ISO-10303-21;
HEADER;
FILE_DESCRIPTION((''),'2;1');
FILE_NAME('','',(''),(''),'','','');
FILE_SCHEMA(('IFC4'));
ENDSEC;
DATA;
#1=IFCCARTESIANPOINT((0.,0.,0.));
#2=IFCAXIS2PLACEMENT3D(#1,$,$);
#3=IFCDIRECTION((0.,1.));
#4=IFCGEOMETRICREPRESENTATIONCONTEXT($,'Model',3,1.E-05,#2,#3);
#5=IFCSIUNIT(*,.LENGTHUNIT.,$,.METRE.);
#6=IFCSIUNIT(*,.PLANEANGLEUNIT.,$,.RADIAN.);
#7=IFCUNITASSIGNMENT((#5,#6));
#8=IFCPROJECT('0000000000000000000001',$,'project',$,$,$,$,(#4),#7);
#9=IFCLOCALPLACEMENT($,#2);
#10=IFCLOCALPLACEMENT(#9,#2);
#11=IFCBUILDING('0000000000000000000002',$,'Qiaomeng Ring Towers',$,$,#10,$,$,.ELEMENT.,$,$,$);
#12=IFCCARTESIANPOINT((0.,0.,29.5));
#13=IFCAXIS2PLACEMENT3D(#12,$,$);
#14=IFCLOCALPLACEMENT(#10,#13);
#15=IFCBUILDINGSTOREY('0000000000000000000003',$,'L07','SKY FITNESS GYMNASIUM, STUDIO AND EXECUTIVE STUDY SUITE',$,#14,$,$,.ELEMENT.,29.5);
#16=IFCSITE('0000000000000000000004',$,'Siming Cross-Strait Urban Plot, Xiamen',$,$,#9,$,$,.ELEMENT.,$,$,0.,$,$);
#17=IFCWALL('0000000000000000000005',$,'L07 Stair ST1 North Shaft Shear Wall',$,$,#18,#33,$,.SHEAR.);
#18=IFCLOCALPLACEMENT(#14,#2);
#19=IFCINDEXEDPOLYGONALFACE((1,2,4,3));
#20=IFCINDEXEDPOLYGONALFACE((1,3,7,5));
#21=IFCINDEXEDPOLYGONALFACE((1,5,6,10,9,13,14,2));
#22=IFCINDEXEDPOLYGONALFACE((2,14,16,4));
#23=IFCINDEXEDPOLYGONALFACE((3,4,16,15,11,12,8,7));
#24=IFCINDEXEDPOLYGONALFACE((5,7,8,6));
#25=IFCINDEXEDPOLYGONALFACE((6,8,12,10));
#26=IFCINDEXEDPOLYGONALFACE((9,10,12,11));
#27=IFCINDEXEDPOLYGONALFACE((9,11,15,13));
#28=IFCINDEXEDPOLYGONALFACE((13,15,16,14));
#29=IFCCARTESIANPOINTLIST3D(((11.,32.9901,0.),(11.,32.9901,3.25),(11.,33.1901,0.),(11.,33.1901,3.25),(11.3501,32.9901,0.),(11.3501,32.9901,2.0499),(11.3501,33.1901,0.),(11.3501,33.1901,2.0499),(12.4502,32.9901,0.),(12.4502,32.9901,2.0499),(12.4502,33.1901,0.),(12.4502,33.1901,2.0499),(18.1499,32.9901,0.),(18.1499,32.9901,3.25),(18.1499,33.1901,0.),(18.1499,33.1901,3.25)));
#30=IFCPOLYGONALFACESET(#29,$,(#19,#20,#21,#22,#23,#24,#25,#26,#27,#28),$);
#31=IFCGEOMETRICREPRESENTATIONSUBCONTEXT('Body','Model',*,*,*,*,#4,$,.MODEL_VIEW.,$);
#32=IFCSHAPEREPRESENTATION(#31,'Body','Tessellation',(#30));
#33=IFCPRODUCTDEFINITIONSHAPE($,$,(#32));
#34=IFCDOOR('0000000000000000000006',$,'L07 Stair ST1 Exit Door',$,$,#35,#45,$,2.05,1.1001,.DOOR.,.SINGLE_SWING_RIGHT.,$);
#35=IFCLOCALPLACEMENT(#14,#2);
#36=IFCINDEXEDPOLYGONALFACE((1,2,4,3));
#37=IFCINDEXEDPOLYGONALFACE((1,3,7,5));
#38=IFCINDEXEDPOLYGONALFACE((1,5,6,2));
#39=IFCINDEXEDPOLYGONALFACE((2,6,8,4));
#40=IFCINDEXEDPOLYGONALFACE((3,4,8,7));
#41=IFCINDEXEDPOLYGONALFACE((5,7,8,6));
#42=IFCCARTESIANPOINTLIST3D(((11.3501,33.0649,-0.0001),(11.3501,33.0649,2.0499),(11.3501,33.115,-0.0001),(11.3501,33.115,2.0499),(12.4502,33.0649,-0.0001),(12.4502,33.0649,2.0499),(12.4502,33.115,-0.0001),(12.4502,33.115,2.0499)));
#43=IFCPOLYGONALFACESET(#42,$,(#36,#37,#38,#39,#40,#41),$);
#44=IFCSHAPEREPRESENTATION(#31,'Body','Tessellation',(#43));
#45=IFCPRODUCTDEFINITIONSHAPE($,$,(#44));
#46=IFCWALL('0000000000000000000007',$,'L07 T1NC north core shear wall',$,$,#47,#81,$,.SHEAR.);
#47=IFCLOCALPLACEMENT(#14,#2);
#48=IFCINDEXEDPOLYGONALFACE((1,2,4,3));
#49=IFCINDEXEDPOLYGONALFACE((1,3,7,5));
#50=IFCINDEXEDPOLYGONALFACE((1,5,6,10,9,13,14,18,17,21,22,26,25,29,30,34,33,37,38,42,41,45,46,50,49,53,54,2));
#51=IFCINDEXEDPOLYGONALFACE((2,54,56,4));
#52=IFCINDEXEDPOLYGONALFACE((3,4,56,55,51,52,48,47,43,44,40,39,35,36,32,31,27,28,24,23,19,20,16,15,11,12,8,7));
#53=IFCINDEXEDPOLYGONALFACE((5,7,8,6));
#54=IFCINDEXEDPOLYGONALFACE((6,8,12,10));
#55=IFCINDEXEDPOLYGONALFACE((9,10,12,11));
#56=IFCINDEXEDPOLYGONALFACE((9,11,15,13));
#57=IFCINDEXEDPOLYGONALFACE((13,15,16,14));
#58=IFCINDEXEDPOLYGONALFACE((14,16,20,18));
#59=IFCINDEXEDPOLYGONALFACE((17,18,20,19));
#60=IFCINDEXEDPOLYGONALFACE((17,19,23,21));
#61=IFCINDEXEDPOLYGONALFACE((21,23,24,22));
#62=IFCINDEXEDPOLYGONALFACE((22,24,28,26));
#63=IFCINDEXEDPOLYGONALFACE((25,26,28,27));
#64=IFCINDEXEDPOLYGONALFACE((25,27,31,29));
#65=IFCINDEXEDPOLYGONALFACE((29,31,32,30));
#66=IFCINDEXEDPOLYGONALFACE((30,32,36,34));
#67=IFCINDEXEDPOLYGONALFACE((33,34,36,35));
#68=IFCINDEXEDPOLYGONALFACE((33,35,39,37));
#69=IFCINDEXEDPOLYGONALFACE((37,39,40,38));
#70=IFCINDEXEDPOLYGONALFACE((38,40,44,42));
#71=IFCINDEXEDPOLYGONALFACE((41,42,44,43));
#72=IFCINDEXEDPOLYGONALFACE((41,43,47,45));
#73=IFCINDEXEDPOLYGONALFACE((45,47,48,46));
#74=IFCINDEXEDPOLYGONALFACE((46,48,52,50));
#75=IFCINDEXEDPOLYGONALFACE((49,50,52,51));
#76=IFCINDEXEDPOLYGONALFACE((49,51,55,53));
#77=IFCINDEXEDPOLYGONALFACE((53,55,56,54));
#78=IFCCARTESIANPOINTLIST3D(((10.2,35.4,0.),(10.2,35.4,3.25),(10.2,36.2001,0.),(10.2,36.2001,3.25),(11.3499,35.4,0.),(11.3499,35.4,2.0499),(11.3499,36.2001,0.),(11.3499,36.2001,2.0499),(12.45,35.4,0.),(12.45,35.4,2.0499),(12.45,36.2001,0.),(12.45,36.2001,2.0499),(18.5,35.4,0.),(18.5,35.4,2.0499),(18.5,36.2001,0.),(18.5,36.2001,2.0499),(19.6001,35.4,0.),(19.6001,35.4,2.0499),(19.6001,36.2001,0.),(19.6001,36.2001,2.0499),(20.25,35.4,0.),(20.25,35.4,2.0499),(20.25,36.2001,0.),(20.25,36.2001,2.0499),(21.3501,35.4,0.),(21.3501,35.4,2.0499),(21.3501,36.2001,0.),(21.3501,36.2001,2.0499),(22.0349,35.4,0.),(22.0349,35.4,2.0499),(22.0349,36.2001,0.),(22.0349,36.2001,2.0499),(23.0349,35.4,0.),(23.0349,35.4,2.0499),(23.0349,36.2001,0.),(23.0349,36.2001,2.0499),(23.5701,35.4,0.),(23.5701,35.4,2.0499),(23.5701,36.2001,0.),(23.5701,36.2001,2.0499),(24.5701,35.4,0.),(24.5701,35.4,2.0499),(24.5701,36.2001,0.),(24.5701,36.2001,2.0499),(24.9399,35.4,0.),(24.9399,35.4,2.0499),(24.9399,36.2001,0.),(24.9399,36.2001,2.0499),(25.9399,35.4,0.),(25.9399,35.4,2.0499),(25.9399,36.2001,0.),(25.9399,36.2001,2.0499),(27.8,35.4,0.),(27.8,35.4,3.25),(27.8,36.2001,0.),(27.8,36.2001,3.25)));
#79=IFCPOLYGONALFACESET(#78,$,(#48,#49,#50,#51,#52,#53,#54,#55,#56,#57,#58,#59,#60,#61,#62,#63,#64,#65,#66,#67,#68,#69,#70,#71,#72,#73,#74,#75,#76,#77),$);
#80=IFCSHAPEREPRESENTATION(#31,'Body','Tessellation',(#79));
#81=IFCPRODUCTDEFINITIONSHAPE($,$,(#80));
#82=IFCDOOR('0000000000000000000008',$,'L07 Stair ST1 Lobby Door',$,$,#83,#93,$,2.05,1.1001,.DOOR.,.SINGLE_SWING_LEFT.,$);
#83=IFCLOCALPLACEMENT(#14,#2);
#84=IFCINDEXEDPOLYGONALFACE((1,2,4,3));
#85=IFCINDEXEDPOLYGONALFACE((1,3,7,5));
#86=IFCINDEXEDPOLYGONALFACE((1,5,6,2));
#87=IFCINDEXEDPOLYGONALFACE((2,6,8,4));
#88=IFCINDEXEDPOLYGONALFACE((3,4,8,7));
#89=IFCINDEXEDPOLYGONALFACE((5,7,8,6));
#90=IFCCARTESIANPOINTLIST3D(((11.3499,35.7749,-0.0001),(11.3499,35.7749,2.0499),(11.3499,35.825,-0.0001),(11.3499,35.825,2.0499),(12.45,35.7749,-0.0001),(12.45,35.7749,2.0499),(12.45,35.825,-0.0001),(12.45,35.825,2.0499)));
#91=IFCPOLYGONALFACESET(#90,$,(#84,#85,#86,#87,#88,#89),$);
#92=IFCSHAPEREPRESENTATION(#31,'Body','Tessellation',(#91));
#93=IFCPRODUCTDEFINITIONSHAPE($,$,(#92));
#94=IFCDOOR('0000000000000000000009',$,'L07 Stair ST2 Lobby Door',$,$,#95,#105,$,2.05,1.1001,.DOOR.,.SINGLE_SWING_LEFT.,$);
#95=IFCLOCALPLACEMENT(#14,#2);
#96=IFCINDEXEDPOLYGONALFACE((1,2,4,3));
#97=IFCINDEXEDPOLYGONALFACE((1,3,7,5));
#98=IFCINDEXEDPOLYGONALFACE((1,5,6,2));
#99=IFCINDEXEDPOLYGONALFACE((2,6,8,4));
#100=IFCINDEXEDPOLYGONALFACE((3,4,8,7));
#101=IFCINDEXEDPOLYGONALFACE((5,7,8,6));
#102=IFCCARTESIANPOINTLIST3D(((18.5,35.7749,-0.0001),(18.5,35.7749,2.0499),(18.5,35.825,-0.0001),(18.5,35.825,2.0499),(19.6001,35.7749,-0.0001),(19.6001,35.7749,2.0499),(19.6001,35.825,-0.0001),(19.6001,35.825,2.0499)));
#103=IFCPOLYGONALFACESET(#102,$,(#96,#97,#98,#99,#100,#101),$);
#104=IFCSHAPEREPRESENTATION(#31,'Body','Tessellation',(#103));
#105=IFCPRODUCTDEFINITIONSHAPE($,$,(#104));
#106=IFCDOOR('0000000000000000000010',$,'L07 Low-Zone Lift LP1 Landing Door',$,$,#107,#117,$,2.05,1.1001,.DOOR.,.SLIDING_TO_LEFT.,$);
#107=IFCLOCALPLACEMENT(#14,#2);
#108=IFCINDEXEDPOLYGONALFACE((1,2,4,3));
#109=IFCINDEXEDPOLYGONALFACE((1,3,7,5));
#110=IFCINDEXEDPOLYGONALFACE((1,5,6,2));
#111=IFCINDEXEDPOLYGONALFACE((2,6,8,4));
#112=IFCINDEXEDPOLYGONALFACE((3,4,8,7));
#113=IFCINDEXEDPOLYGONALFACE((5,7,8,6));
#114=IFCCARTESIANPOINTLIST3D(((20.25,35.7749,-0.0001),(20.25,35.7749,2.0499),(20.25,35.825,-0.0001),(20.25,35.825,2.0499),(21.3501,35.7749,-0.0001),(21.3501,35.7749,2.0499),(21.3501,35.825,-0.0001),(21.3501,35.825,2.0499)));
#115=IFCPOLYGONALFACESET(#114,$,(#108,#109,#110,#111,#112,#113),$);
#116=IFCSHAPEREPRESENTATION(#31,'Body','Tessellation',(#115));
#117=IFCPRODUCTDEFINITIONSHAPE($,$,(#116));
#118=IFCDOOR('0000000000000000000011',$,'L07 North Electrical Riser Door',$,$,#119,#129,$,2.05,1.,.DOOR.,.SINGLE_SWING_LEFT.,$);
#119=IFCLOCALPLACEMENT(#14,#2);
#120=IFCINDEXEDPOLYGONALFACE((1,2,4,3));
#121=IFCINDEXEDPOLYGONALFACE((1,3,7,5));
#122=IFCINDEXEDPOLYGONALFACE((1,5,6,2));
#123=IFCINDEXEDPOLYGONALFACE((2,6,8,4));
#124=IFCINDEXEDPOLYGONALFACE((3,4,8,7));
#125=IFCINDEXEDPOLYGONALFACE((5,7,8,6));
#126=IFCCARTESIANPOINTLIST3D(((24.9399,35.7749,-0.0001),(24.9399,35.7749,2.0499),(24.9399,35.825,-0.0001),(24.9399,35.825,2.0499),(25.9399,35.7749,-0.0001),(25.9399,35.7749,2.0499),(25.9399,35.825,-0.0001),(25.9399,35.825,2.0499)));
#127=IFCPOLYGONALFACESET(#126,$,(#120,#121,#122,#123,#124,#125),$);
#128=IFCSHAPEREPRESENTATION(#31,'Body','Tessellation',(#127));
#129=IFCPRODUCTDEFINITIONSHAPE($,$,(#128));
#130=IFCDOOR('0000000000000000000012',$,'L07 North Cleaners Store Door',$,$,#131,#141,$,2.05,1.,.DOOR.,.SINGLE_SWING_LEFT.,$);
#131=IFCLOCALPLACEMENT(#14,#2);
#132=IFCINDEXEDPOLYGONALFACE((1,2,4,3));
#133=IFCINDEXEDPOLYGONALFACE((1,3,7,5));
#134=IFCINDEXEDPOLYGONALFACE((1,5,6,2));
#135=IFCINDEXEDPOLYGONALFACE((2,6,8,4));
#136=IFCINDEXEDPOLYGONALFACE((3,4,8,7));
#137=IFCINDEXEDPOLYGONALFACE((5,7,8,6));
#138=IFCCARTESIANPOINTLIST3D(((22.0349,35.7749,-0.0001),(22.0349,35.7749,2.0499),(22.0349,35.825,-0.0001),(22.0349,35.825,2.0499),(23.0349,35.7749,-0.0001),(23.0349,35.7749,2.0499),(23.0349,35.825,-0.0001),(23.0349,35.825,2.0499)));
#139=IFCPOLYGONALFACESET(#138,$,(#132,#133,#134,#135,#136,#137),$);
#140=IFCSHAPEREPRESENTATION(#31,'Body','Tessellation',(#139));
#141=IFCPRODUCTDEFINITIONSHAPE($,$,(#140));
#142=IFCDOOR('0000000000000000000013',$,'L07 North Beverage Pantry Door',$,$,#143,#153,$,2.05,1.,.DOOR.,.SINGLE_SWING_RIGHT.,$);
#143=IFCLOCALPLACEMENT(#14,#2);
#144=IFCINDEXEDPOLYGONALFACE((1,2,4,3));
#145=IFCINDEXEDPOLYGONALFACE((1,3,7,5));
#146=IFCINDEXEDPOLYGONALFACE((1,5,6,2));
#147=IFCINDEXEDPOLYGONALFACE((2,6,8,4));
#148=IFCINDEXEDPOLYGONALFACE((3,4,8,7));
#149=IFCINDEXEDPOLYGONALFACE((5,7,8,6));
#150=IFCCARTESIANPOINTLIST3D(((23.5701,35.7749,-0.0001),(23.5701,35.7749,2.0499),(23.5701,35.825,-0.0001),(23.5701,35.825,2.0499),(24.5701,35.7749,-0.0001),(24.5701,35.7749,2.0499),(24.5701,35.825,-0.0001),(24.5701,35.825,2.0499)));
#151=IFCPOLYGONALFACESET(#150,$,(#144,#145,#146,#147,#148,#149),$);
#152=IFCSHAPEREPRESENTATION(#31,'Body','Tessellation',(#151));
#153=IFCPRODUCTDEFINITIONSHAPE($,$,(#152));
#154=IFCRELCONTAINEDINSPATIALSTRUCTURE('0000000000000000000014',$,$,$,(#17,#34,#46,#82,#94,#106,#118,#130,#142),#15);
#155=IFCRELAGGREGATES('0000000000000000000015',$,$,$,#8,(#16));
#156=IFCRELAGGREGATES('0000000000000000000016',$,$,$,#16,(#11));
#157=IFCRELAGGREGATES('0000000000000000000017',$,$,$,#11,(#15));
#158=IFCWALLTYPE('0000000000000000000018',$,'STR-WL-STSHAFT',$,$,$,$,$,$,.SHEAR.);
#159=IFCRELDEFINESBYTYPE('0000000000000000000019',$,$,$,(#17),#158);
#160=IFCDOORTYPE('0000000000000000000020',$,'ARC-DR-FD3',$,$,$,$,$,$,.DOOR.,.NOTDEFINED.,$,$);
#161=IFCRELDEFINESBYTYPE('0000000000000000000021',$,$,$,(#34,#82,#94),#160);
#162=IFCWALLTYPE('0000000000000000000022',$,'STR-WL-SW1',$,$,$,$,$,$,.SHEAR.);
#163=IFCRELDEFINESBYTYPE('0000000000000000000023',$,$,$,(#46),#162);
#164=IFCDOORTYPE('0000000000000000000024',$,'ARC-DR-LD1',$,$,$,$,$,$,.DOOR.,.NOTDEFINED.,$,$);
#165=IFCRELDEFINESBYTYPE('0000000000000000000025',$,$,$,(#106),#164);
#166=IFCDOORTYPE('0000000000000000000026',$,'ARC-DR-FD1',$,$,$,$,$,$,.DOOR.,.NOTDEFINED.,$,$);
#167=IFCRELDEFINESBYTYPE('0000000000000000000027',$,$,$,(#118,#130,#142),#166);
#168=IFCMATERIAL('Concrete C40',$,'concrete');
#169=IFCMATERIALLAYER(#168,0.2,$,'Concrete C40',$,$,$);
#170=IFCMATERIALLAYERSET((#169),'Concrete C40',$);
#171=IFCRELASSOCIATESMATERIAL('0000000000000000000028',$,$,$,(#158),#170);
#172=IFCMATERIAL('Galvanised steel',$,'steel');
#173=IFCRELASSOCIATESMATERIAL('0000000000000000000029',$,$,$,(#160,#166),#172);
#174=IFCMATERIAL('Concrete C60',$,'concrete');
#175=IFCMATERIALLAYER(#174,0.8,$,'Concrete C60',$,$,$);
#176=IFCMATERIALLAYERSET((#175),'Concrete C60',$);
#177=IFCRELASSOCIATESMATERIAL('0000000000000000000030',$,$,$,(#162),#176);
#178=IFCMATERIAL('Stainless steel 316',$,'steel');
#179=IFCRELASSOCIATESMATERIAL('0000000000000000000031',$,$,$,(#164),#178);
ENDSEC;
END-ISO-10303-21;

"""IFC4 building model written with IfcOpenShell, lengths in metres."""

from ifc_helpers import new_model, si_unit, direction, frame, frame_2d, origin, place, context, subcontext, project, spatial, rectangle, extrude, source, transform, mapped, material, layer, layer_set, type_object, element, fill, save


model = new_model("IFC4")

# Units and contexts
model_context = context("Model", 3, precision=1e-05, world=origin(), true_north=direction((0.0, 1.0)))
body_context = subcontext(model_context, "Body", "Model", "MODEL_VIEW")
ifc_project = project(units=[si_unit("LENGTHUNIT", "METRE"), si_unit("PLANEANGLEUNIT", "RADIAN")], contexts=[model_context])

# Site, building, storey
site_placement = place(None, origin())
site = spatial("IfcSite", under=ifc_project, at=site_placement, Name="Siming Cross-Strait Urban Plot, Xiamen", CompositionType="ELEMENT", RefElevation=0.0)
building_placement = place(site_placement, origin())
building = spatial("IfcBuilding", under=site, at=building_placement, Name="Qiaomeng Ring Towers", CompositionType="ELEMENT")
storey_placement = place(building_placement, frame((0.0, 0.0, 29.5)))
storey = spatial("IfcBuildingStorey", under=building, at=storey_placement, Name="L07", Description="SKY FITNESS GYMNASIUM, STUDIO AND EXECUTIVE STUDY SUITE", CompositionType="ELEMENT", Elevation=29.5)

# Shared definitions
shared_shape_1 = source(origin(), body_context, "Body", "SweptSolid", [
    extrude(rectangle(XDim=1.0, YDim=2.05, at=frame_2d((0.5, 1.0249))), frame((0.0, 0.0249, 0.0), z_axis=(0.0, -1.0, 0.0), x_axis=(1.0, 0.0, 0.0)), (0.0, 0.0, 1.0), 0.05),
])

# Shared definitions
ifc_material_1 = material(Name="Concrete C40", Category="concrete")
ifc_layer_1 = layer(ifc_material_1, 0.2, Name="Concrete C40")
ifc_layer_set_1 = layer_set([ifc_layer_1], Name="Concrete C40")
wall_type_1 = type_object("IfcWallType", Name="STR-WL-STSHAFT", PredefinedType="SHEAR", material=ifc_layer_set_1)

# Wall, opening, door
wall_1_placement = place(storey_placement, frame((11.0, 33.0901, 0.0), z_axis=(0.0, 0.0, 1.0), x_axis=(1.0, 0.0, 0.0)))
wall_1 = element("IfcWall", 1, at=wall_1_placement, inside=storey, type_object=wall_type_1, Name="L07 Stair ST1 North Shaft Shear Wall", PredefinedType="SHEAR", context=body_context, shape_type="SweptSolid", body=[
    extrude(rectangle(XDim=7.1499, YDim=0.2, at=frame_2d((3.575, 0.0))), origin(), (0.0, 0.0, 1.0), 3.25),
])
opening_1_placement = place(wall_1_placement, frame((0.3501, 0.0, 0.0)))
opening_1 = element("IfcOpeningElement", 2, at=opening_1_placement, cuts=wall_1, PredefinedType="OPENING", context=body_context, shape_type="SweptSolid", body=[
    extrude(rectangle(XDim=1.1001, YDim=2.05, at=frame_2d((0.55, 1.0249))), frame((0.0, 0.1099, 0.0), z_axis=(0.0, -1.0, 0.0), x_axis=(1.0, 0.0, 0.0)), (0.0, 0.0, 1.0), 0.22),
])
ifc_material_2 = material(Name="Galvanised steel", Category="steel")
door_type_1 = type_object("IfcDoorType", Name="ARC-DR-FD3", OperationType="NOTDEFINED", PredefinedType="DOOR", material=ifc_material_2)
shared_shape_2 = source(origin(), body_context, "Body", "SweptSolid", [
    extrude(rectangle(XDim=1.1001, YDim=2.05, at=frame_2d((0.55, 1.0249))), frame((0.0, 0.0249, 0.0), z_axis=(0.0, -1.0, 0.0), x_axis=(1.0, 0.0, 0.0)), (0.0, 0.0, 1.0), 0.05),
])
door_1_placement = place(opening_1_placement, origin())
door_1 = element("IfcDoor", 3, at=door_1_placement, inside=storey, type_object=door_type_1, Name="L07 Stair ST1 Exit Door", OperationType="SINGLE_SWING_RIGHT", OverallHeight=2.05, OverallWidth=1.1001, PredefinedType="DOOR", context=body_context, shape_type="MappedRepresentation", body=[
    mapped(shared_shape_2, transform((0.0, 0.0, 0.0), x_axis=(1.0, 0.0, 0.0), y_axis=(0.0, 1.0, 0.0), z_axis=(0.0, 0.0, 1.0), scale=1.0)),
])
fill(opening_1, door_1)

# Wall, openings, doors
ifc_material_3 = material(Name="Concrete C60", Category="concrete")
ifc_layer_2 = layer(ifc_material_3, 0.8, Name="Concrete C60")
ifc_layer_set_2 = layer_set([ifc_layer_2], Name="Concrete C60")
wall_type_2 = type_object("IfcWallType", Name="STR-WL-SW1", PredefinedType="SHEAR", material=ifc_layer_set_2)
wall_2_placement = place(storey_placement, frame((10.2, 35.8, 0.0), z_axis=(0.0, 0.0, 1.0), x_axis=(1.0, 0.0, 0.0)))
wall_2 = element("IfcWall", 4, at=wall_2_placement, inside=storey, type_object=wall_type_2, Name="L07 T1NC north core shear wall", PredefinedType="SHEAR", context=body_context, shape_type="SweptSolid", body=[
    extrude(rectangle(XDim=17.6001, YDim=0.8, at=frame_2d((8.8, 0.0))), origin(), (0.0, 0.0, 1.0), 3.25),
])
opening_2_placement = place(wall_2_placement, frame((1.1499, 0.0, 0.0)))
opening_2 = element("IfcOpeningElement", 5, at=opening_2_placement, cuts=wall_2, PredefinedType="OPENING", context=body_context, shape_type="SweptSolid", body=[
    extrude(rectangle(XDim=1.1001, YDim=2.05, at=frame_2d((0.55, 1.0249))), frame((0.0, 0.4099, 0.0), z_axis=(0.0, -1.0, 0.0), x_axis=(1.0, 0.0, 0.0)), (0.0, 0.0, 1.0), 0.8201),
])
opening_3_placement = place(wall_2_placement, frame((8.3, 0.0, 0.0)))
opening_3 = element("IfcOpeningElement", 6, at=opening_3_placement, cuts=wall_2, PredefinedType="OPENING", context=body_context, shape_type="SweptSolid", body=[
    extrude(rectangle(XDim=1.1001, YDim=2.05, at=frame_2d((0.55, 1.0249))), frame((0.0, 0.4099, 0.0), z_axis=(0.0, -1.0, 0.0), x_axis=(1.0, 0.0, 0.0)), (0.0, 0.0, 1.0), 0.8201),
])
opening_4_placement = place(wall_2_placement, frame((10.05, 0.0, 0.0)))
opening_4 = element("IfcOpeningElement", 7, at=opening_4_placement, cuts=wall_2, PredefinedType="OPENING", context=body_context, shape_type="SweptSolid", body=[
    extrude(rectangle(XDim=1.1001, YDim=2.05, at=frame_2d((0.55, 1.0249))), frame((0.0, 0.4099, 0.0), z_axis=(0.0, -1.0, 0.0), x_axis=(1.0, 0.0, 0.0)), (0.0, 0.0, 1.0), 0.8201),
])
opening_5_placement = place(wall_2_placement, frame((14.74, 0.0, 0.0)))
opening_5 = element("IfcOpeningElement", 8, at=opening_5_placement, cuts=wall_2, PredefinedType="OPENING", context=body_context, shape_type="SweptSolid", body=[
    extrude(rectangle(XDim=1.0, YDim=2.05, at=frame_2d((0.5, 1.0249))), frame((0.0, 0.4099, 0.0), z_axis=(0.0, -1.0, 0.0), x_axis=(1.0, 0.0, 0.0)), (0.0, 0.0, 1.0), 0.8201),
])
opening_6_placement = place(wall_2_placement, frame((11.835, 0.0, 0.0)))
opening_6 = element("IfcOpeningElement", 9, at=opening_6_placement, cuts=wall_2, PredefinedType="OPENING", context=body_context, shape_type="SweptSolid", body=[
    extrude(rectangle(XDim=1.0, YDim=2.05, at=frame_2d((0.5, 1.0249))), frame((0.0, 0.4099, 0.0), z_axis=(0.0, -1.0, 0.0), x_axis=(1.0, 0.0, 0.0)), (0.0, 0.0, 1.0), 0.8201),
])
opening_7_placement = place(wall_2_placement, frame((13.3701, 0.0, 0.0)))
opening_7 = element("IfcOpeningElement", 10, at=opening_7_placement, cuts=wall_2, PredefinedType="OPENING", context=body_context, shape_type="SweptSolid", body=[
    extrude(rectangle(XDim=1.0, YDim=2.05, at=frame_2d((0.5, 1.0249))), frame((0.0, 0.4099, 0.0), z_axis=(0.0, -1.0, 0.0), x_axis=(1.0, 0.0, 0.0)), (0.0, 0.0, 1.0), 0.8201),
])
door_2_placement = place(opening_2_placement, origin())
door_2 = element("IfcDoor", 11, at=door_2_placement, inside=storey, type_object=door_type_1, Name="L07 Stair ST1 Lobby Door", OperationType="SINGLE_SWING_LEFT", OverallHeight=2.05, OverallWidth=1.1001, PredefinedType="DOOR", context=body_context, shape_type="MappedRepresentation", body=[
    mapped(shared_shape_2, transform((0.0, 0.0, 0.0), x_axis=(1.0, 0.0, 0.0), y_axis=(0.0, 1.0, 0.0), z_axis=(0.0, 0.0, 1.0), scale=1.0)),
])
fill(opening_2, door_2)
door_3_placement = place(opening_3_placement, origin())
door_3 = element("IfcDoor", 12, at=door_3_placement, inside=storey, type_object=door_type_1, Name="L07 Stair ST2 Lobby Door", OperationType="SINGLE_SWING_LEFT", OverallHeight=2.05, OverallWidth=1.1001, PredefinedType="DOOR", context=body_context, shape_type="MappedRepresentation", body=[
    mapped(shared_shape_2, transform((0.0, 0.0, 0.0), x_axis=(1.0, 0.0, 0.0), y_axis=(0.0, 1.0, 0.0), z_axis=(0.0, 0.0, 1.0), scale=1.0)),
])
fill(opening_3, door_3)
ifc_material_4 = material(Name="Stainless steel 316", Category="steel")
door_type_2 = type_object("IfcDoorType", Name="ARC-DR-LD1", OperationType="NOTDEFINED", PredefinedType="DOOR", material=ifc_material_4)
door_4_placement = place(opening_4_placement, origin())
door_4 = element("IfcDoor", 13, at=door_4_placement, inside=storey, type_object=door_type_2, Name="L07 Low-Zone Lift LP1 Landing Door", OperationType="SLIDING_TO_LEFT", OverallHeight=2.05, OverallWidth=1.1001, PredefinedType="DOOR", context=body_context, shape_type="MappedRepresentation", body=[
    mapped(shared_shape_2, transform((0.0, 0.0, 0.0), x_axis=(1.0, 0.0, 0.0), y_axis=(0.0, 1.0, 0.0), z_axis=(0.0, 0.0, 1.0), scale=1.0)),
])
fill(opening_4, door_4)
door_type_3 = type_object("IfcDoorType", Name="ARC-DR-FD1", OperationType="NOTDEFINED", PredefinedType="DOOR", material=ifc_material_2)
door_5_placement = place(opening_5_placement, origin())
door_5 = element("IfcDoor", 14, at=door_5_placement, inside=storey, type_object=door_type_3, Name="L07 North Electrical Riser Door", OperationType="SINGLE_SWING_LEFT", OverallHeight=2.05, OverallWidth=1.0, PredefinedType="DOOR", context=body_context, shape_type="MappedRepresentation", body=[
    mapped(shared_shape_1, transform((0.0, 0.0, 0.0), x_axis=(1.0, 0.0, 0.0), y_axis=(0.0, 1.0, 0.0), z_axis=(0.0, 0.0, 1.0), scale=1.0)),
])
fill(opening_5, door_5)
door_6_placement = place(opening_6_placement, origin())
door_6 = element("IfcDoor", 15, at=door_6_placement, inside=storey, type_object=door_type_3, Name="L07 North Cleaners Store Door", OperationType="SINGLE_SWING_LEFT", OverallHeight=2.05, OverallWidth=1.0, PredefinedType="DOOR", context=body_context, shape_type="MappedRepresentation", body=[
    mapped(shared_shape_1, transform((0.0, 0.0, 0.0), x_axis=(1.0, 0.0, 0.0), y_axis=(0.0, 1.0, 0.0), z_axis=(0.0, 0.0, 1.0), scale=1.0)),
])
fill(opening_6, door_6)
door_7_placement = place(opening_7_placement, origin())
door_7 = element("IfcDoor", 16, at=door_7_placement, inside=storey, type_object=door_type_3, Name="L07 North Beverage Pantry Door", OperationType="SINGLE_SWING_RIGHT", OverallHeight=2.05, OverallWidth=1.0, PredefinedType="DOOR", context=body_context, shape_type="MappedRepresentation", body=[
    mapped(shared_shape_1, transform((0.0, 0.0, 0.0), x_axis=(1.0, 0.0, 0.0), y_axis=(0.0, 1.0, 0.0), z_axis=(0.0, 0.0, 1.0), scale=1.0)),
])
fill(opening_7, door_7)

save(model, "model.ifc")
